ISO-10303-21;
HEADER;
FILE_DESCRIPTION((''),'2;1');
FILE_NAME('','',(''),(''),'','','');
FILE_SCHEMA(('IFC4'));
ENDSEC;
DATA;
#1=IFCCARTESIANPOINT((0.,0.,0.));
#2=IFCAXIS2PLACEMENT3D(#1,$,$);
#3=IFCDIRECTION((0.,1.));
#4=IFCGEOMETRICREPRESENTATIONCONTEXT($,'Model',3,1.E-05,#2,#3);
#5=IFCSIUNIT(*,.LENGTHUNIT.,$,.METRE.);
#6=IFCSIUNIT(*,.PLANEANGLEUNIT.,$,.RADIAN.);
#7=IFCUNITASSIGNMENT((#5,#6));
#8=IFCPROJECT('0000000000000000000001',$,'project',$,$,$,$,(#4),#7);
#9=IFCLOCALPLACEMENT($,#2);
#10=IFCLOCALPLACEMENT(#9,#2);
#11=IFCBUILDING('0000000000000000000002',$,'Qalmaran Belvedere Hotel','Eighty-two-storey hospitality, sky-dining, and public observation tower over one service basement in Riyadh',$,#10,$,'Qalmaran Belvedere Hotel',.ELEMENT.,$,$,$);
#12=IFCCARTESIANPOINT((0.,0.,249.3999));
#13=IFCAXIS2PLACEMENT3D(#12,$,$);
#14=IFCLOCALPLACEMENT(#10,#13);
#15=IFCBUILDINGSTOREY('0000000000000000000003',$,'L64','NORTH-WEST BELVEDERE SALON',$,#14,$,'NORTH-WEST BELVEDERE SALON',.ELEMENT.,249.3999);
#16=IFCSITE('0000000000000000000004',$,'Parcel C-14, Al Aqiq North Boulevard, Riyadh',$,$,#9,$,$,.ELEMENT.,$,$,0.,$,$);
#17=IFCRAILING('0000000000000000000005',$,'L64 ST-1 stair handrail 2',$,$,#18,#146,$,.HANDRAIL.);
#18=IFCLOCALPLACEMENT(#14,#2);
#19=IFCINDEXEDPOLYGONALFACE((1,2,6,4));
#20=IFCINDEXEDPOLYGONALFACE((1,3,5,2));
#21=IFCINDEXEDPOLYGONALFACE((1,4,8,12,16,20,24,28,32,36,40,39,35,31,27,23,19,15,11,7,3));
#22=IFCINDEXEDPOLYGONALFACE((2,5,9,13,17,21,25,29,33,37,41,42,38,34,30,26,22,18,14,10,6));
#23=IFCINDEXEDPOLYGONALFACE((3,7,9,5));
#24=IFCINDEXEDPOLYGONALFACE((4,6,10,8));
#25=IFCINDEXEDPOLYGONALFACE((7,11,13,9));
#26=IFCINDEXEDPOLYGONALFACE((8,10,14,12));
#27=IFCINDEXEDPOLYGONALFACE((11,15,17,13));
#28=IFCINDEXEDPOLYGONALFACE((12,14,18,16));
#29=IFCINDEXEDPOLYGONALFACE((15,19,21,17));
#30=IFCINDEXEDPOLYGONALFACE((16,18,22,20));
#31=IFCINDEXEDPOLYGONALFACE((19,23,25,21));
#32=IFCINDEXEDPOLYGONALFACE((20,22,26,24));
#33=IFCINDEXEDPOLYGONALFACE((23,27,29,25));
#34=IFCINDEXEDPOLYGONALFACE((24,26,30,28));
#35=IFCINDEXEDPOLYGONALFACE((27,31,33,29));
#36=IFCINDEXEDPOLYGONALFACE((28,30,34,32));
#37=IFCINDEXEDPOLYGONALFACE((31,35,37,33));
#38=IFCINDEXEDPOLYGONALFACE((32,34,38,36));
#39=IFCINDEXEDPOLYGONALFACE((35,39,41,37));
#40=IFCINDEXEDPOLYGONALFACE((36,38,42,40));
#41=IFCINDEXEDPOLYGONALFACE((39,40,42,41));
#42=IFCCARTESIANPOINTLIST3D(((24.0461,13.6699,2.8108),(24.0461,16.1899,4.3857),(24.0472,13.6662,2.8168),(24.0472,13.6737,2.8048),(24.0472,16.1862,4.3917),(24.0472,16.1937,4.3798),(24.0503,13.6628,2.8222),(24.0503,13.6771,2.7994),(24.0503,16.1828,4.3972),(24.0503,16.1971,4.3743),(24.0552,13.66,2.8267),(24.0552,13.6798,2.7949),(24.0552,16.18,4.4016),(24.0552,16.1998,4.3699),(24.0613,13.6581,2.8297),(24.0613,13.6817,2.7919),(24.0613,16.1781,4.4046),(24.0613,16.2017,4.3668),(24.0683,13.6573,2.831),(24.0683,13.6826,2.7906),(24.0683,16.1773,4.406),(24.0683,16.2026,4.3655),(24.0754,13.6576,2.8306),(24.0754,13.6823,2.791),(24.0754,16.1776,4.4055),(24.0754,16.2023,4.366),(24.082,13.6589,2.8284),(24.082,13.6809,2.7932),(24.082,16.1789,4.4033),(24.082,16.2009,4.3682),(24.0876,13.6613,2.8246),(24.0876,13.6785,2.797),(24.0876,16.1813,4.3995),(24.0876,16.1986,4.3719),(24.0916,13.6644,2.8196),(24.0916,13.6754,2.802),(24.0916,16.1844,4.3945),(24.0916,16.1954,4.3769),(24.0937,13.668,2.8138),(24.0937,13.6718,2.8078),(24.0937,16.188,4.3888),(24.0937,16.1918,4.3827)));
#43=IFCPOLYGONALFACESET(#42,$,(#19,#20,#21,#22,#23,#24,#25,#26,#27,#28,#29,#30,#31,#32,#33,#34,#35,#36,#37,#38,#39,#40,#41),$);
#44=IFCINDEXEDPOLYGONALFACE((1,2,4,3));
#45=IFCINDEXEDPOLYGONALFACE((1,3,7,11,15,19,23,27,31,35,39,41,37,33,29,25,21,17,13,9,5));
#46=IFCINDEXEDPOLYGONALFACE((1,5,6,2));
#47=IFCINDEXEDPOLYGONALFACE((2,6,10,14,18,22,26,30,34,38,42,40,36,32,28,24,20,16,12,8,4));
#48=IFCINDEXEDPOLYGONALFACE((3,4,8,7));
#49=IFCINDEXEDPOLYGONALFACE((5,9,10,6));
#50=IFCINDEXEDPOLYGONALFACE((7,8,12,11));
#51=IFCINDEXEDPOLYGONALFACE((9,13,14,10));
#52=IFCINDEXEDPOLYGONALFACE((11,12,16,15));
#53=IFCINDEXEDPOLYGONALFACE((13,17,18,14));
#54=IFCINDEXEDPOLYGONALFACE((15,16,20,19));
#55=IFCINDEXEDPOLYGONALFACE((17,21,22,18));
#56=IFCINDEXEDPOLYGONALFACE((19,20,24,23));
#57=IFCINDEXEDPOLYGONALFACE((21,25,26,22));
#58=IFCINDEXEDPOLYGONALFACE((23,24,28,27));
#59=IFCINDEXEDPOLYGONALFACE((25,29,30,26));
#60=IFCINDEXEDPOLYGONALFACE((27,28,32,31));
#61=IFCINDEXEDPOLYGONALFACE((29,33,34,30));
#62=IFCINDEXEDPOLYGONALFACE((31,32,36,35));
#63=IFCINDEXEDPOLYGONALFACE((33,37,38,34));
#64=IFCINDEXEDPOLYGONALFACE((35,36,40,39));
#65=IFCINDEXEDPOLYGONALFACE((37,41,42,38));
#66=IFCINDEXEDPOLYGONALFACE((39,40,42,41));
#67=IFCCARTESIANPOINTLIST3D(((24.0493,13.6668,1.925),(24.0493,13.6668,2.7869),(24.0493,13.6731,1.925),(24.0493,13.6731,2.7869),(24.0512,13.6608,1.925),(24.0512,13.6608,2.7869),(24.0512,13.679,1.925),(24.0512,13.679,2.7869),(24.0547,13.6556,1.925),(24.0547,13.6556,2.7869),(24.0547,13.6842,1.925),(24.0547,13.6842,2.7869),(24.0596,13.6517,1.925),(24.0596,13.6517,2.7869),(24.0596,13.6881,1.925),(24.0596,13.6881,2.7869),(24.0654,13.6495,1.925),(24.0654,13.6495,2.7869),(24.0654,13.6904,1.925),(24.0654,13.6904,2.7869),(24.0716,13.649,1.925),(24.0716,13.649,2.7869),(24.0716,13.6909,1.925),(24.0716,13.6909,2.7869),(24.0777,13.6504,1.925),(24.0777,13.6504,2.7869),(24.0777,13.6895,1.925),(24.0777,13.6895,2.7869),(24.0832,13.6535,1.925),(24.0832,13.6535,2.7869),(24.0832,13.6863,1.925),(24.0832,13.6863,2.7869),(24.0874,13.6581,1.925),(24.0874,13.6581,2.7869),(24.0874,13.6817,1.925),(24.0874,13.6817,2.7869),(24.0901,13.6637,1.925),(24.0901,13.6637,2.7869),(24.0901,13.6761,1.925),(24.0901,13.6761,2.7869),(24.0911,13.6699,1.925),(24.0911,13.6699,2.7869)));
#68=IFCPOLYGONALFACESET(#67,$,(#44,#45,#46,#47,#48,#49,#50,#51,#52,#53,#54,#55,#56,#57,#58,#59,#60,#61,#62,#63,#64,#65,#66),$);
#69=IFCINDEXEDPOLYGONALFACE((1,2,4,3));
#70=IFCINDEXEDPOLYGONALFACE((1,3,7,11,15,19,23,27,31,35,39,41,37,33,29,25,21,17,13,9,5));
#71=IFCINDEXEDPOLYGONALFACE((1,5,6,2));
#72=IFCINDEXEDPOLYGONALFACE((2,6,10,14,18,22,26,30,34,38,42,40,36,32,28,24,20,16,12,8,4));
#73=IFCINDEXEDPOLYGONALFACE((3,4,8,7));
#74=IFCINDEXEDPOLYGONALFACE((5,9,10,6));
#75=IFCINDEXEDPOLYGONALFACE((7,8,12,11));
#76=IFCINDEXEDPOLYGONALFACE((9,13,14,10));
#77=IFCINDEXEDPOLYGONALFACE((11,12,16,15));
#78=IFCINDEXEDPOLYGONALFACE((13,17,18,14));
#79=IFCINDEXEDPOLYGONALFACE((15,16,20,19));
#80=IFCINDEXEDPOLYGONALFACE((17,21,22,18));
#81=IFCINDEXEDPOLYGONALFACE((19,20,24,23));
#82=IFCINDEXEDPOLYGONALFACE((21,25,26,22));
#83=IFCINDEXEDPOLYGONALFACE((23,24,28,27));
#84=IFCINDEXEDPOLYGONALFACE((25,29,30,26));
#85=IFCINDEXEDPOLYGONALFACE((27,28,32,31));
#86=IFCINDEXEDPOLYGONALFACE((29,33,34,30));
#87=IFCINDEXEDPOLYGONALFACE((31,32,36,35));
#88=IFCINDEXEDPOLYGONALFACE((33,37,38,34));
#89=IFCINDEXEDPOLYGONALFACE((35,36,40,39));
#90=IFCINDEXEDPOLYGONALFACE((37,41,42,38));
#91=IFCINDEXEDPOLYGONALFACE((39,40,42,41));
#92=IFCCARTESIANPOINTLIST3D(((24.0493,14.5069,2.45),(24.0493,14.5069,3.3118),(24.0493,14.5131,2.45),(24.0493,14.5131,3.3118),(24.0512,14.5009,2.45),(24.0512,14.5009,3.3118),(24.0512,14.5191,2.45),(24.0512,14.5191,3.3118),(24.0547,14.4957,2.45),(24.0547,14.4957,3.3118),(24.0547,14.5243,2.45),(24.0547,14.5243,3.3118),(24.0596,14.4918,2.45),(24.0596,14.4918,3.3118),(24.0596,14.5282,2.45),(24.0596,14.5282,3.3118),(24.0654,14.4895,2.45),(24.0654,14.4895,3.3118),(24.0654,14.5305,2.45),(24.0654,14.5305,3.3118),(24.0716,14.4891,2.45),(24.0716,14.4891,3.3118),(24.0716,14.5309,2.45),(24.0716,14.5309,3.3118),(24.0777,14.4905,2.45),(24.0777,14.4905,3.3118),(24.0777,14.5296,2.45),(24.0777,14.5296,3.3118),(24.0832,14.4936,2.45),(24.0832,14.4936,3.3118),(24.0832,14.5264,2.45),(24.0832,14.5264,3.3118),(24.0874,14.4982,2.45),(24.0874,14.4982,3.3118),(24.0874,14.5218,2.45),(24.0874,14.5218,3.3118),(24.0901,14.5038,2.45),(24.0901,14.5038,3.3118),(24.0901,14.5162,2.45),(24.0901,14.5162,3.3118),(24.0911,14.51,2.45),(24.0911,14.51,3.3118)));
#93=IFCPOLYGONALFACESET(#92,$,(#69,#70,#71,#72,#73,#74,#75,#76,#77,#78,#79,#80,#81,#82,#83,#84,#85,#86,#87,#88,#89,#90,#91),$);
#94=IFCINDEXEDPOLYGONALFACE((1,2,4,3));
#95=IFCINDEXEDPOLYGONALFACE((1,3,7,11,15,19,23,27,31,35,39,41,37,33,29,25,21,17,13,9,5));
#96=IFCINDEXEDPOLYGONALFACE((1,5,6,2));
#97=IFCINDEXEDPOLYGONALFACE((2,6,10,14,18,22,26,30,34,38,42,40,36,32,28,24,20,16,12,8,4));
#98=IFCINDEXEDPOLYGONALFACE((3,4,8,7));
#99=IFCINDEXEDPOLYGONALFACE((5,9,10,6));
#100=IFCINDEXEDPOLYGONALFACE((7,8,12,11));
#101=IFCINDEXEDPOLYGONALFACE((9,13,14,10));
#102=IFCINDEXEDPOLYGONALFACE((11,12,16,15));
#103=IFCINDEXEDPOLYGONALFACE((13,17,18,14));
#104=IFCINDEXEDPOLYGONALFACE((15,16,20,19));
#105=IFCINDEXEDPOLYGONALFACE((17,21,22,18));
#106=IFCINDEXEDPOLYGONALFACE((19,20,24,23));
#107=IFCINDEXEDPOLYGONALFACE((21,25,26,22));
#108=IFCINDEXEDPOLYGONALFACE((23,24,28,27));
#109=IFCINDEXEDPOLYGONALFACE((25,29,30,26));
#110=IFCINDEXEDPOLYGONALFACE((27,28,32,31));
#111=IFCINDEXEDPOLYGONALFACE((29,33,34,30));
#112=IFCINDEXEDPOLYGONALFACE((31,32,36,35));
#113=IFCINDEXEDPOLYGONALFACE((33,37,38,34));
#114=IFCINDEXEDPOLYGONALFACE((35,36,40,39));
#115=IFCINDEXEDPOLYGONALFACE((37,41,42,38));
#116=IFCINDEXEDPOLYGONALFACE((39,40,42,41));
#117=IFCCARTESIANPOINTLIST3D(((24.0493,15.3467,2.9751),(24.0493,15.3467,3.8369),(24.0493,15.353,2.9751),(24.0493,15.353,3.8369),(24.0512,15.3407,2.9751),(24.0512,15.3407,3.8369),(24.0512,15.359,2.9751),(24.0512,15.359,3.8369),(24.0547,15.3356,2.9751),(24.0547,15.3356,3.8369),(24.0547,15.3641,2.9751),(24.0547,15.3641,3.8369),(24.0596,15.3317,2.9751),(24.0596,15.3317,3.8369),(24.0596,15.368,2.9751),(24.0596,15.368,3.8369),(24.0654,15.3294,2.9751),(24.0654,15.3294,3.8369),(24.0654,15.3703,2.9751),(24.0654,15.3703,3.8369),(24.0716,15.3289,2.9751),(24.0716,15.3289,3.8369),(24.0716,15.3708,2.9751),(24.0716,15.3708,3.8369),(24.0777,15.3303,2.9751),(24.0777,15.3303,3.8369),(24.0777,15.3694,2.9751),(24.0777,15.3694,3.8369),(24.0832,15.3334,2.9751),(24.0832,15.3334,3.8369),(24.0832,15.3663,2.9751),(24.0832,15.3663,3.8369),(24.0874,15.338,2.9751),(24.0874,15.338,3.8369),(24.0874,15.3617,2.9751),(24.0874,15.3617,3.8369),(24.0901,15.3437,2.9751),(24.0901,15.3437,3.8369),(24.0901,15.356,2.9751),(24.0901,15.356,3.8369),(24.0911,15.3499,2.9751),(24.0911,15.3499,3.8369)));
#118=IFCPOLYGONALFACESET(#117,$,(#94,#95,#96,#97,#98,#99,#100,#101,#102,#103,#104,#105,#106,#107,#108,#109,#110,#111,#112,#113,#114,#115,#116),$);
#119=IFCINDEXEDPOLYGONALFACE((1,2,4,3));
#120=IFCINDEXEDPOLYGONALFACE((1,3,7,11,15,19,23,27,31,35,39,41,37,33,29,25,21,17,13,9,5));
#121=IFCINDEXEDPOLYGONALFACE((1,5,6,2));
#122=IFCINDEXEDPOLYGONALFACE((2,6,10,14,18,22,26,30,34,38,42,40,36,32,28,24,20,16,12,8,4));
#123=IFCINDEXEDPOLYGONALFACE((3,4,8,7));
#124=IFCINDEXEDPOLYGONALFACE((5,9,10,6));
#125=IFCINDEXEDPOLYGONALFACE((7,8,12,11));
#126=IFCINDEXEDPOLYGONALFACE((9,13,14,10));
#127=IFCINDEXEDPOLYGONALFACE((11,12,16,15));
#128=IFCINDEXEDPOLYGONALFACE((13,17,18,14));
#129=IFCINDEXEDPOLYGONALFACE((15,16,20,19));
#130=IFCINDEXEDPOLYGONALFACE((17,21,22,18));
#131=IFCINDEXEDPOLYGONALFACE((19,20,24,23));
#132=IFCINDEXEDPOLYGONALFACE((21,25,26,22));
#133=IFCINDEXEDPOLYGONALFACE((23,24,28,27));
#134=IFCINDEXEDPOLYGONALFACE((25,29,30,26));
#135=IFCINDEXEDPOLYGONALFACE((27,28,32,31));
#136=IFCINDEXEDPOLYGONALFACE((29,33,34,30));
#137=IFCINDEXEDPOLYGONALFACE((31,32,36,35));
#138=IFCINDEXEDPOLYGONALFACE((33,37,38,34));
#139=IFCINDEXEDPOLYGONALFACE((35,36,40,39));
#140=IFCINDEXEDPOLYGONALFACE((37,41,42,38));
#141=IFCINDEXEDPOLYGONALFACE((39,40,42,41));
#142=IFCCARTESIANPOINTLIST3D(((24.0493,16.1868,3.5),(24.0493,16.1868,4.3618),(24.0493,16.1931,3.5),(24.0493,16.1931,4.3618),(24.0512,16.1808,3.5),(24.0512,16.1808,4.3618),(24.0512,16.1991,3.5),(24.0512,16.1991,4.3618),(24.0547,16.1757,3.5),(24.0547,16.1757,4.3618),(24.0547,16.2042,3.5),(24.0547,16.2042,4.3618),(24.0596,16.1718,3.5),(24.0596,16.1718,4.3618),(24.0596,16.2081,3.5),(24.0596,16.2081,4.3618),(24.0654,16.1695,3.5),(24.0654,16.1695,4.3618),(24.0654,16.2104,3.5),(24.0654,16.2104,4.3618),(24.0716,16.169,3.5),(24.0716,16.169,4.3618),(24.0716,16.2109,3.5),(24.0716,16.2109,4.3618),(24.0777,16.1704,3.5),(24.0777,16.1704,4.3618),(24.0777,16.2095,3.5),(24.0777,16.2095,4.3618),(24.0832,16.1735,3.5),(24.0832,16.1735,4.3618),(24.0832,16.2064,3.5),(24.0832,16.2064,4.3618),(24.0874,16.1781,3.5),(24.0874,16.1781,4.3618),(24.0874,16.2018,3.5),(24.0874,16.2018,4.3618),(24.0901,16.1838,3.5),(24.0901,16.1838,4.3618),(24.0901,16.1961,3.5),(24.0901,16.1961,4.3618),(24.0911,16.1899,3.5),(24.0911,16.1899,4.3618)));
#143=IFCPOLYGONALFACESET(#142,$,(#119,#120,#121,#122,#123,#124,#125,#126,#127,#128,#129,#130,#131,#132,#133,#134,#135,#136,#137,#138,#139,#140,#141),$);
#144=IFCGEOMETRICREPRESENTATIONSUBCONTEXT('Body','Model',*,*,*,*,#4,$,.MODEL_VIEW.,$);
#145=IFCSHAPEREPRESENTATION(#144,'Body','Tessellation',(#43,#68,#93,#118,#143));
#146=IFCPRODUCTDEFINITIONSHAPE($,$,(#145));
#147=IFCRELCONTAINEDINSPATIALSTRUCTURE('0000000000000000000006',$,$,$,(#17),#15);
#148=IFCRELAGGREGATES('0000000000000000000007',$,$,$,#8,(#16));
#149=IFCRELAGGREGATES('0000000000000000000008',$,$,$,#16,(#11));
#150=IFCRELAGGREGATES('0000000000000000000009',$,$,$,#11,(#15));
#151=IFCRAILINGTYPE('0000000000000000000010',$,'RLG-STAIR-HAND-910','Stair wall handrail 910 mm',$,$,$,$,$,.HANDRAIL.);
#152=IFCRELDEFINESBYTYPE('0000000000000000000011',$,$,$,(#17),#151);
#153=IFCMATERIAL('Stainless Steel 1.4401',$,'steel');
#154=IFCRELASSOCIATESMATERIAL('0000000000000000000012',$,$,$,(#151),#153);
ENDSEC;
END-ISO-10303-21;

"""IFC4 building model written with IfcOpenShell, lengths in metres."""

from ifc_helpers import new_model, si_unit, direction, frame, origin, origin_2d, place, context, subcontext, project, spatial, circle, extrude, material, type_object, element, save


model = new_model("IFC4")

# Units and contexts
model_context = context("Model", 3, precision=1e-05, world=origin(), true_north=direction((0.0, 1.0)))
body_context = subcontext(model_context, "Body", "Model", "MODEL_VIEW")
ifc_project = project(units=[si_unit("LENGTHUNIT", "METRE"), si_unit("PLANEANGLEUNIT", "RADIAN")], contexts=[model_context])

# Site, building, storey
site_placement = place(None, origin())
site = spatial("IfcSite", under=ifc_project, at=site_placement, Name="Parcel C-14, Al Aqiq North Boulevard, Riyadh", CompositionType="ELEMENT", RefElevation=0.0)
building_placement = place(site_placement, origin())
building = spatial("IfcBuilding", under=site, at=building_placement, Name="Qalmaran Belvedere Hotel", Description="Eighty-two-storey hospitality, sky-dining, and public observation tower over one service basement in Riyadh", LongName="Qalmaran Belvedere Hotel", CompositionType="ELEMENT")
storey_placement = place(building_placement, frame((0.0, 0.0, 249.3999)))
storey = spatial("IfcBuildingStorey", under=building, at=storey_placement, Name="L64", Description="NORTH-WEST BELVEDERE SALON", LongName="NORTH-WEST BELVEDERE SALON", CompositionType="ELEMENT", Elevation=249.3999)

# Shared definitions
ifc_material_1 = material(Name="Stainless Steel 1.4401", Category="steel")

# Railing
railing_type_1 = type_object("IfcRailingType", Name="RLG-STAIR-HAND-910", Description="Stair wall handrail 910 mm", PredefinedType="HANDRAIL", material=ifc_material_1)
railing_1_placement = place(storey_placement, frame((24.0701, 13.6699, 1.925)))
element("IfcRailing", 1, at=railing_1_placement, inside=storey, type_object=railing_type_1, Name="L64 ST-1 stair handrail 2", PredefinedType="HANDRAIL", context=body_context, shape_type="SweptSolid", body=[
    extrude(circle(Radius=0.0239, at=origin_2d()), frame((0.0, 0.0, 0.8857), z_axis=(0.0, 0.848008, 0.529984), x_axis=(-1.0, 0.0, 0.0)), (0.0, 0.0, 1.0), 2.9717),
    extrude(circle(Radius=0.021, at=origin_2d()), origin(), (0.0, 0.0, 1.0), 0.8618),
    extrude(circle(Radius=0.021, at=origin_2d()), frame((0.0, 0.8401, 0.5249)), (0.0, 0.0, 1.0), 0.8618),
    extrude(circle(Radius=0.021, at=origin_2d()), frame((0.0, 1.6799, 1.05)), (0.0, 0.0, 1.0), 0.8618),
    extrude(circle(Radius=0.021, at=origin_2d()), frame((0.0, 2.52, 1.575)), (0.0, 0.0, 1.0), 0.8618),
])

save(model, "model.ifc")
